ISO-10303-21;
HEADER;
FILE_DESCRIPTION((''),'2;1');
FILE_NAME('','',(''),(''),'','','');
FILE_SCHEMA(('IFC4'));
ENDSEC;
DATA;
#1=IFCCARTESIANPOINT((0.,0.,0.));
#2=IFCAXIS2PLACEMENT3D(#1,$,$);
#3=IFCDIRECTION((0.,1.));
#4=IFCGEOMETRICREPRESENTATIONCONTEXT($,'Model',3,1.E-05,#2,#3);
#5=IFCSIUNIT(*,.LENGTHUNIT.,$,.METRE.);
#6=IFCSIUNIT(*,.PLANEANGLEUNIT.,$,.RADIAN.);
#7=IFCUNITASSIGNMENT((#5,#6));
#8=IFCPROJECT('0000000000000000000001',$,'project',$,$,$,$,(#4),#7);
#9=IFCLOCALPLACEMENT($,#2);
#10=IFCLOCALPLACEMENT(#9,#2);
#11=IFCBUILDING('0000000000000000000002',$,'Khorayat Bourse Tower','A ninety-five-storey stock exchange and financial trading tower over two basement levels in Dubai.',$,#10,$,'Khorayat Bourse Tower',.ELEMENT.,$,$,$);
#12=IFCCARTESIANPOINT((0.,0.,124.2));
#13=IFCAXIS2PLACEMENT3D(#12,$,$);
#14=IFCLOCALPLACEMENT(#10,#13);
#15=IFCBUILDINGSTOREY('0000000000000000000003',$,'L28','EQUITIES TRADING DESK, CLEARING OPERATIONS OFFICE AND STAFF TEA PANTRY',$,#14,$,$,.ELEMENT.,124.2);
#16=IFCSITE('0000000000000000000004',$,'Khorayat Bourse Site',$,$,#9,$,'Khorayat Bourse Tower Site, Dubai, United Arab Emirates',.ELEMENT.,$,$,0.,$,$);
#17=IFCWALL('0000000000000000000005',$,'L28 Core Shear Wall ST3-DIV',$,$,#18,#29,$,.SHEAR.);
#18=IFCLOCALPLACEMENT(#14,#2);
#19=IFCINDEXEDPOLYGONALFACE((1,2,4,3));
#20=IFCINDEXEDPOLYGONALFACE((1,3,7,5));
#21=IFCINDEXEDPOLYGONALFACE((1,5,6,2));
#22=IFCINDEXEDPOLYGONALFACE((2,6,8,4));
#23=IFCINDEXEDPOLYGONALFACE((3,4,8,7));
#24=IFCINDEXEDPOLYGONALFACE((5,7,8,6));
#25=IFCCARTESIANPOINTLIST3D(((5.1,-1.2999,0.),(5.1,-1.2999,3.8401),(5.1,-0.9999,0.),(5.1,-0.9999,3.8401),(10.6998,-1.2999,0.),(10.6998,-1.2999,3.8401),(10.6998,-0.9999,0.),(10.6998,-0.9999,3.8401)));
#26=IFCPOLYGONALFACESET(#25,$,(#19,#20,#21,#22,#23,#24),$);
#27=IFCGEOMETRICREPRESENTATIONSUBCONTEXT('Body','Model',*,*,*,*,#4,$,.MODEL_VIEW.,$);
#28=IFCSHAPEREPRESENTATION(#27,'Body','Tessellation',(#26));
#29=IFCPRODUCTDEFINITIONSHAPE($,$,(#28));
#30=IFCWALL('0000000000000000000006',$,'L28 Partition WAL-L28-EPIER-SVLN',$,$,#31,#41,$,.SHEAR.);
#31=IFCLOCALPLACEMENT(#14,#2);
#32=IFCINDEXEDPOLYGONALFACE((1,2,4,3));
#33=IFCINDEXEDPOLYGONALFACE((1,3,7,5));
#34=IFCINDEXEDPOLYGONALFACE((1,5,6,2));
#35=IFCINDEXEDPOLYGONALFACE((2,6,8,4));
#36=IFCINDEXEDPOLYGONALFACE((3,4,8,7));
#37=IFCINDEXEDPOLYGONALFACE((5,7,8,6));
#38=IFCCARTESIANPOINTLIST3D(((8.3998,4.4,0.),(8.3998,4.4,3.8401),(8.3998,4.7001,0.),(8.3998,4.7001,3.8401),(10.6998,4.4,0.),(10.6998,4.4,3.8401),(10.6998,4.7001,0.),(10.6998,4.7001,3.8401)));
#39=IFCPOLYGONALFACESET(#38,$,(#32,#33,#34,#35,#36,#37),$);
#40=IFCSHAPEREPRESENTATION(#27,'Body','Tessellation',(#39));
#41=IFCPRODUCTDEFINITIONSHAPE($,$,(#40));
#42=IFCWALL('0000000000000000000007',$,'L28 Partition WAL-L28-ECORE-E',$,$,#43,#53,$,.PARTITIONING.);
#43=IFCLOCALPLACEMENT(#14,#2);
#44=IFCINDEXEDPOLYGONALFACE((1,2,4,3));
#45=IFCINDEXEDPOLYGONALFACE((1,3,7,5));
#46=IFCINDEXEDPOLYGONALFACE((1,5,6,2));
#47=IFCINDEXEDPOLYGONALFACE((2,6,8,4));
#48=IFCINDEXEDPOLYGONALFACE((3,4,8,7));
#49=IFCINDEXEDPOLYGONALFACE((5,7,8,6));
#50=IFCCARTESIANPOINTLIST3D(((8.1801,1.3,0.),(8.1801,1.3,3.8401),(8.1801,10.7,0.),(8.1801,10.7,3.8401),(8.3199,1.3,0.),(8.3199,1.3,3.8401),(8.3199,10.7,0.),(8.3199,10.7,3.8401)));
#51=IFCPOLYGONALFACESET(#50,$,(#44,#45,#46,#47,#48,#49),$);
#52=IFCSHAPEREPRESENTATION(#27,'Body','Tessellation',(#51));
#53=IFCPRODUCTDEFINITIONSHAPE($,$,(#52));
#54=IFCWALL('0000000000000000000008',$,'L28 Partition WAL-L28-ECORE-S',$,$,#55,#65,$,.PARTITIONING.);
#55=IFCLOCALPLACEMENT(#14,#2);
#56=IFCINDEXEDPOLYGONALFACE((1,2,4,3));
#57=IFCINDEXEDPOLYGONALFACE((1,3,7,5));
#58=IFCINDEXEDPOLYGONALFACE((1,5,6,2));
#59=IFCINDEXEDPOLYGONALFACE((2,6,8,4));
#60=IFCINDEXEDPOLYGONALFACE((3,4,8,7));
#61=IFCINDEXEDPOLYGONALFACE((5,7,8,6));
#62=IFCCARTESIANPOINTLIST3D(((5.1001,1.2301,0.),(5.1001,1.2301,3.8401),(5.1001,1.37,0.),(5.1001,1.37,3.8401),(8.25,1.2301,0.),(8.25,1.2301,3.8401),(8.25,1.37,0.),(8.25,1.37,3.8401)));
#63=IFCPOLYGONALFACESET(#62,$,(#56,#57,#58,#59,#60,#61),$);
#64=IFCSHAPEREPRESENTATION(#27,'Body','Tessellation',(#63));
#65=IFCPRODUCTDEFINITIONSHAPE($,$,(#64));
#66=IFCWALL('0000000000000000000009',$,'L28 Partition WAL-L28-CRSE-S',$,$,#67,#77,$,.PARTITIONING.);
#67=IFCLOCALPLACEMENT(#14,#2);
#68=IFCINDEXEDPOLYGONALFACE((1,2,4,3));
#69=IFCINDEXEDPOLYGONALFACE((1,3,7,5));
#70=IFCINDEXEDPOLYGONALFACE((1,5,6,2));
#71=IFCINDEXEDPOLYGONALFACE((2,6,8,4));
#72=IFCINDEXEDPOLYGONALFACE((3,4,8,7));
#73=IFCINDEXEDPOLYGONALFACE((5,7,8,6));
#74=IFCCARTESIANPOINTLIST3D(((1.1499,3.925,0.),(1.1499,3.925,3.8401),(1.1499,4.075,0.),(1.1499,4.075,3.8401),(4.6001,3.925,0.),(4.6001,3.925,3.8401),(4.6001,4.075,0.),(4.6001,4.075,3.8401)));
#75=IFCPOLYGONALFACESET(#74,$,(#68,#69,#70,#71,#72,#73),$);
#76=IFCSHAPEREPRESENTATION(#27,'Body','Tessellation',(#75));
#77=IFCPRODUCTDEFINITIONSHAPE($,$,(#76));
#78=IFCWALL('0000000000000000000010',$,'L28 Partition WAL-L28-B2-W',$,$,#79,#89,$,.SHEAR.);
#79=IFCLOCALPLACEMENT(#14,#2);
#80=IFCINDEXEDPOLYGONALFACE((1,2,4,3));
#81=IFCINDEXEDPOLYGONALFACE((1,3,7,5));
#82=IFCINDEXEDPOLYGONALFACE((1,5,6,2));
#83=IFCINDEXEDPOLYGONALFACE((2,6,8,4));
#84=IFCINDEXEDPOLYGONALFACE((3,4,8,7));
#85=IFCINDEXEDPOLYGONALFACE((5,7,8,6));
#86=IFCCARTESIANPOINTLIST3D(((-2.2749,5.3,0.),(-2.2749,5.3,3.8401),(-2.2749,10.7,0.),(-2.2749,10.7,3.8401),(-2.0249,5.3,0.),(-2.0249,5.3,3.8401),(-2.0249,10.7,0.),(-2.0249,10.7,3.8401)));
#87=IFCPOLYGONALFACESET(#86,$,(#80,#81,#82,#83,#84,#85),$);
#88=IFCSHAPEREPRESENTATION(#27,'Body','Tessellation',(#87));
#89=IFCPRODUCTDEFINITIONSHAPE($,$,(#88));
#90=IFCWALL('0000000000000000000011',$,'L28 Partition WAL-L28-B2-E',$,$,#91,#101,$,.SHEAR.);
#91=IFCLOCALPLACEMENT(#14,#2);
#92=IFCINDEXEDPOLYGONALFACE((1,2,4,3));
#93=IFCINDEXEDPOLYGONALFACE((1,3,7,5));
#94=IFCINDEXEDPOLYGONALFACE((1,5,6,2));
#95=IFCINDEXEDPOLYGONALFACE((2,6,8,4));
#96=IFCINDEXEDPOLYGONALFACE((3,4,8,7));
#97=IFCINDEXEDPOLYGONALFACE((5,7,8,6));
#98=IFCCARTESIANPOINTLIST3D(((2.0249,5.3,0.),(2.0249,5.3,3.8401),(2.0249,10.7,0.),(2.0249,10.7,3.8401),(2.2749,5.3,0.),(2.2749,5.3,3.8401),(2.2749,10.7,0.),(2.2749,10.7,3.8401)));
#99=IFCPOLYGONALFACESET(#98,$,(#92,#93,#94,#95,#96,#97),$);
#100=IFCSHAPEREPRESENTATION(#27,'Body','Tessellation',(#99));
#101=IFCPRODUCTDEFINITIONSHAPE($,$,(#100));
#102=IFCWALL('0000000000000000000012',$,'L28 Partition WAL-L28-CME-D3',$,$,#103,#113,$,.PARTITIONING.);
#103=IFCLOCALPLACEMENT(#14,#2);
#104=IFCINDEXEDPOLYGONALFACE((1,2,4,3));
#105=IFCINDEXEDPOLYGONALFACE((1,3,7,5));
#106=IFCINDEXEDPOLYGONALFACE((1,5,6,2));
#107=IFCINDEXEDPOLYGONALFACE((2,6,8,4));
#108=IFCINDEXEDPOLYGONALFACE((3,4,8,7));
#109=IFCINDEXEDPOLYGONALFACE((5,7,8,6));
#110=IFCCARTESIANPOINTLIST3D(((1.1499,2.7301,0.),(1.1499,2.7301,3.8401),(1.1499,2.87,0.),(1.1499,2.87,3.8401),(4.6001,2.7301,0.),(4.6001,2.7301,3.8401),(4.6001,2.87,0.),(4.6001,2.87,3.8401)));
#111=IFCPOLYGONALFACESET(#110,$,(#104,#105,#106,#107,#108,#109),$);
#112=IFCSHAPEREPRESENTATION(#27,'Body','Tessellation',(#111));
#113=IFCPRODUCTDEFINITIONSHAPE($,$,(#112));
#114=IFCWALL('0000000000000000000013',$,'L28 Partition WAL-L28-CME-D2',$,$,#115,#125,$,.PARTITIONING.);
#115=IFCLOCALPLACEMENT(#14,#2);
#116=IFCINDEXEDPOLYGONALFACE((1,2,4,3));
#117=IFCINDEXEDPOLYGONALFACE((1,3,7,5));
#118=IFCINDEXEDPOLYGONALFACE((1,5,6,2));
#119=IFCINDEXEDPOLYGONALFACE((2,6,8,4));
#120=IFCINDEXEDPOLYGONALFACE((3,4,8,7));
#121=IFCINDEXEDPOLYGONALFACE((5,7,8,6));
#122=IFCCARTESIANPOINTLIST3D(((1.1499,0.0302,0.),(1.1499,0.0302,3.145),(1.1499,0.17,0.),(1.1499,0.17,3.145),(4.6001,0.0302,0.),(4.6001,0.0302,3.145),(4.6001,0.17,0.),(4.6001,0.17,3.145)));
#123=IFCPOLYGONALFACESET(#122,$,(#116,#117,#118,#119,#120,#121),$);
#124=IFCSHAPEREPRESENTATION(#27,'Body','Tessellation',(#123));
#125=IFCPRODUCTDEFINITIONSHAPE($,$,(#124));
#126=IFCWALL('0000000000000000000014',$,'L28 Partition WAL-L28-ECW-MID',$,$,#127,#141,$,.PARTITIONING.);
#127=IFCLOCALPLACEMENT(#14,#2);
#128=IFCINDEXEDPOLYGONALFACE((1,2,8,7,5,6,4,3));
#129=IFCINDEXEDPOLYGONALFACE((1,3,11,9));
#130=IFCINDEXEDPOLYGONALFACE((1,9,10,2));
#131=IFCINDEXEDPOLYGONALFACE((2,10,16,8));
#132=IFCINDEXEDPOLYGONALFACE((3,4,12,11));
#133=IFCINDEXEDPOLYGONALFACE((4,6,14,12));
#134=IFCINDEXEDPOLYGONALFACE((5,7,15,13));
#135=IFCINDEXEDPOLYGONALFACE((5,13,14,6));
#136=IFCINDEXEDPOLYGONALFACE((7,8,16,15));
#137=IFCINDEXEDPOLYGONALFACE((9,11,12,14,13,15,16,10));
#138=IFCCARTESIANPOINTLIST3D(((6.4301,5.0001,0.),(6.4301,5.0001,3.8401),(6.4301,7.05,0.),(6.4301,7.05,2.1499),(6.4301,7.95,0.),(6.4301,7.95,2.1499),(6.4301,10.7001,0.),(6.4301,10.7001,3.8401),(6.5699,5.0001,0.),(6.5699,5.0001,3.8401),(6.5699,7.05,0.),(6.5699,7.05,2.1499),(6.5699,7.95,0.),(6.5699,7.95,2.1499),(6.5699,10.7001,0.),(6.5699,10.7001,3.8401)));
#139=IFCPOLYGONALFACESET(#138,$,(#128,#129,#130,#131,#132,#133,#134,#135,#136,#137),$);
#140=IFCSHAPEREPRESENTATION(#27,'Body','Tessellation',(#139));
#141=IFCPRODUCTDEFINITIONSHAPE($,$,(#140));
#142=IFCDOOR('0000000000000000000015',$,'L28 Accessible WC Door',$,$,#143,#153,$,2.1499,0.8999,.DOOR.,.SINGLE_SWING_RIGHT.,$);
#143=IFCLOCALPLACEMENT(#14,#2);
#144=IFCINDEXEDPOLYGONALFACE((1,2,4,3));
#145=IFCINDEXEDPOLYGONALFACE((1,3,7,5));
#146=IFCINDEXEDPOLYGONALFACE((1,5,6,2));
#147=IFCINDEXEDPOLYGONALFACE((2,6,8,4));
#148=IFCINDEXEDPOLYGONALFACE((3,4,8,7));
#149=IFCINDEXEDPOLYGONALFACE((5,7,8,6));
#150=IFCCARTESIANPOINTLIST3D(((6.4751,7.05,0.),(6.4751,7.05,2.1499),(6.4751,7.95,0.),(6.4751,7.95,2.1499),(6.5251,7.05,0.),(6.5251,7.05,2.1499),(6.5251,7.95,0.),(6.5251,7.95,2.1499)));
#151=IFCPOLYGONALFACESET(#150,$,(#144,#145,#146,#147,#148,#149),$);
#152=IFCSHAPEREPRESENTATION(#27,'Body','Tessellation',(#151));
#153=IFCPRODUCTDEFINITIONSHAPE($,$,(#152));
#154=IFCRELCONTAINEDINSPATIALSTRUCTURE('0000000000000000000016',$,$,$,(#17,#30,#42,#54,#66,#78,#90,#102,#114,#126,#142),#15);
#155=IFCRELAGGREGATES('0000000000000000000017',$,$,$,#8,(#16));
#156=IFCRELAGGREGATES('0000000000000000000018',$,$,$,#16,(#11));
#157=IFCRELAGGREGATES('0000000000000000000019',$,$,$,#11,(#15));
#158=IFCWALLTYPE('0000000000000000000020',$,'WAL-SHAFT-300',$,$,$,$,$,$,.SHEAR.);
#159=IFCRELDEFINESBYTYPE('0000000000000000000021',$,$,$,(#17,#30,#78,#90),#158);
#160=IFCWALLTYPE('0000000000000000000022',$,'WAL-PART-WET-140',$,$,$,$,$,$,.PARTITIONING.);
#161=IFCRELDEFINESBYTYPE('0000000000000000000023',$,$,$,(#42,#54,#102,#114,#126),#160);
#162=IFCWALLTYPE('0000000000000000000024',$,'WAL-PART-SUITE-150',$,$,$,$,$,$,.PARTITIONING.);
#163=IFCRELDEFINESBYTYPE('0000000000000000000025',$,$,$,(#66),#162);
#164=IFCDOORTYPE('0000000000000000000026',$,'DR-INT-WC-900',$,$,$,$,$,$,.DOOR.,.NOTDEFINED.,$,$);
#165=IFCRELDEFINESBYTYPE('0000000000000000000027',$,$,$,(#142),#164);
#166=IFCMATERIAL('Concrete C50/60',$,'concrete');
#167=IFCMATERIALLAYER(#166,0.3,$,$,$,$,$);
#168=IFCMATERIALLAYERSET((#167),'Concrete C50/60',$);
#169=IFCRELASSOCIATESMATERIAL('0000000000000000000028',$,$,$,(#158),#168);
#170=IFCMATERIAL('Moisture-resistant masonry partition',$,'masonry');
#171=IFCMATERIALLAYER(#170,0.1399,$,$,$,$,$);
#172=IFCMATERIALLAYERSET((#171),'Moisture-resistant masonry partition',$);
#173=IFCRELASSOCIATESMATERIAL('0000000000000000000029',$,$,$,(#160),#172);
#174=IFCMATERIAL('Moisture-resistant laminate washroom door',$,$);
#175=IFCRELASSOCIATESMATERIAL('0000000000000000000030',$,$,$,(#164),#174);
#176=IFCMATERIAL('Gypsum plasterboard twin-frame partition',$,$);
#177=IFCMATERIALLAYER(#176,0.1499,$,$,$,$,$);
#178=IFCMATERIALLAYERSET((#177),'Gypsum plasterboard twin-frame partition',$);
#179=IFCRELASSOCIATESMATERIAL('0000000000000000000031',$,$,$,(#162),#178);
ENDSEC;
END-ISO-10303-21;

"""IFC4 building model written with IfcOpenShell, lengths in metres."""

from ifc_helpers import new_model, si_unit, direction, frame, frame_2d, origin, place, context, subcontext, project, spatial, rectangle, extrude, source, transform, mapped, material, layer, layer_set, type_object, element, fill, save


model = new_model("IFC4")

# Units and contexts
model_context = context("Model", 3, precision=1e-05, world=origin(), true_north=direction((0.0, 1.0)))
body_context = subcontext(model_context, "Body", "Model", "MODEL_VIEW")
ifc_project = project(units=[si_unit("LENGTHUNIT", "METRE"), si_unit("PLANEANGLEUNIT", "RADIAN")], contexts=[model_context])

# Site, building, storey
site_placement = place(None, origin())
site = spatial("IfcSite", under=ifc_project, at=site_placement, Name="Khorayat Bourse Site", LongName="Khorayat Bourse Tower Site, Dubai, United Arab Emirates", CompositionType="ELEMENT", RefElevation=0.0)
building_placement = place(site_placement, origin())
building = spatial("IfcBuilding", under=site, at=building_placement, Name="Khorayat Bourse Tower", Description="A ninety-five-storey stock exchange and financial trading tower over two basement levels in Dubai.", LongName="Khorayat Bourse Tower", CompositionType="ELEMENT")
storey_placement = place(building_placement, frame((0.0, 0.0, 124.2)))
storey = spatial("IfcBuildingStorey", under=building, at=storey_placement, Name="L28", Description="EQUITIES TRADING DESK, CLEARING OPERATIONS OFFICE AND STAFF TEA PANTRY", CompositionType="ELEMENT", Elevation=124.2)

# Walls
ifc_material_1 = material(Name="Concrete C50/60", Category="concrete")
ifc_layer_1 = layer(ifc_material_1, 0.3)
ifc_layer_set_1 = layer_set([ifc_layer_1], Name="Concrete C50/60")
wall_type_1 = type_object("IfcWallType", Name="WAL-SHAFT-300", PredefinedType="SHEAR", material=ifc_layer_set_1)
shared_shape_1 = source(origin(), body_context, "Body", "SweptSolid", [
    extrude(rectangle(XDim=5.5999, YDim=0.3, at=frame_2d((2.7998, 0.0))), origin(), (0.0, 0.0, 1.0), 3.8401),
])
wall_1_placement = place(storey_placement, frame((5.1001, -1.1499, 0.0), z_axis=(0.0, 0.0, 1.0), x_axis=(1.0, 0.0, 0.0)))
element("IfcWall", 1, at=wall_1_placement, inside=storey, type_object=wall_type_1, Name="L28 Core Shear Wall ST3-DIV", PredefinedType="SHEAR", context=body_context, shape_type="MappedRepresentation", body=[
    mapped(shared_shape_1, transform((0.0, 0.0, 0.0), scale=1.0)),
])
shared_shape_2 = source(origin(), body_context, "Body", "SweptSolid", [
    extrude(rectangle(XDim=2.3, YDim=0.3, at=frame_2d((1.1499, 0.0))), origin(), (0.0, 0.0, 1.0), 3.8401),
])
wall_2_placement = place(storey_placement, frame((8.3999, 4.55, 0.0), z_axis=(0.0, 0.0, 1.0), x_axis=(1.0, 0.0, 0.0)))
element("IfcWall", 2, at=wall_2_placement, inside=storey, type_object=wall_type_1, Name="L28 Partition WAL-L28-EPIER-SVLN", PredefinedType="SHEAR", context=body_context, shape_type="MappedRepresentation", body=[
    mapped(shared_shape_2, transform((0.0, 0.0, 0.0), scale=1.0)),
])
ifc_material_2 = material(Name="Moisture-resistant masonry partition", Category="masonry")
ifc_layer_2 = layer(ifc_material_2, 0.1399)
ifc_layer_set_2 = layer_set([ifc_layer_2], Name="Moisture-resistant masonry partition")
wall_type_2 = type_object("IfcWallType", Name="WAL-PART-WET-140", PredefinedType="PARTITIONING", material=ifc_layer_set_2)
shared_shape_3 = source(origin(), body_context, "Body", "SweptSolid", [
    extrude(rectangle(XDim=9.3999, YDim=0.1399, at=frame_2d((4.7, 0.0))), origin(), (0.0, 0.0, 1.0), 3.8401),
])
wall_3_placement = place(storey_placement, frame((8.25, 1.3, 0.0), z_axis=(0.0, 0.0, 1.0), x_axis=(0.0, 1.0, 0.0)))
element("IfcWall", 3, at=wall_3_placement, inside=storey, type_object=wall_type_2, Name="L28 Partition WAL-L28-ECORE-E", PredefinedType="PARTITIONING", context=body_context, shape_type="MappedRepresentation", body=[
    mapped(shared_shape_3, transform((0.0, 0.0, 0.0), scale=1.0)),
])
shared_shape_4 = source(origin(), body_context, "Body", "SweptSolid", [
    extrude(rectangle(XDim=3.1499, YDim=0.1399, at=frame_2d((1.575, 0.0))), origin(), (0.0, 0.0, 1.0), 3.8401),
])
wall_4_placement = place(storey_placement, frame((5.1001, 1.3, 0.0), z_axis=(0.0, 0.0, 1.0), x_axis=(1.0, 0.0, 0.0)))
element("IfcWall", 4, at=wall_4_placement, inside=storey, type_object=wall_type_2, Name="L28 Partition WAL-L28-ECORE-S", PredefinedType="PARTITIONING", context=body_context, shape_type="MappedRepresentation", body=[
    mapped(shared_shape_4, transform((0.0, 0.0, 0.0), scale=1.0)),
])

# Shared definitions
shared_shape_5 = source(origin(), body_context, "Body", "SweptSolid", [
    extrude(rectangle(XDim=0.8999, YDim=2.1499, at=frame_2d((0.45, 1.075))), frame((0.0, 0.0798, 0.0), z_axis=(0.0, -1.0, 0.0), x_axis=(1.0, 0.0, 0.0)), (0.0, 0.0, 1.0), 0.1599),
])
ifc_material_3 = material(Name="Moisture-resistant laminate washroom door")
door_type = type_object("IfcDoorType", Name="DR-INT-WC-900", OperationType="NOTDEFINED", PredefinedType="DOOR", material=ifc_material_3)
shared_shape_6 = source(origin(), body_context, "Body", "SweptSolid", [
    extrude(rectangle(XDim=0.8999, YDim=2.1499, at=frame_2d((0.45, 1.075))), frame((0.0, 0.0249, 0.0), z_axis=(0.0, -1.0, 0.0), x_axis=(1.0, 0.0, 0.0)), (0.0, 0.0, 1.0), 0.05),
])

# Walls
ifc_material_4 = material(Name="Gypsum plasterboard twin-frame partition")
ifc_layer_3 = layer(ifc_material_4, 0.1499)
ifc_layer_set_3 = layer_set([ifc_layer_3], Name="Gypsum plasterboard twin-frame partition")
wall_type_3 = type_object("IfcWallType", Name="WAL-PART-SUITE-150", PredefinedType="PARTITIONING", material=ifc_layer_set_3)
shared_shape_7 = source(origin(), body_context, "Body", "SweptSolid", [
    extrude(rectangle(XDim=3.4502, YDim=0.1499, at=frame_2d((1.7251, 0.0))), origin(), (0.0, 0.0, 1.0), 3.8401),
])
wall_5_placement = place(storey_placement, frame((1.1499, 4.0, 0.0), z_axis=(0.0, 0.0, 1.0), x_axis=(1.0, 0.0, 0.0)))
element("IfcWall", 5, at=wall_5_placement, inside=storey, type_object=wall_type_3, Name="L28 Partition WAL-L28-CRSE-S", PredefinedType="PARTITIONING", context=body_context, shape_type="MappedRepresentation", body=[
    mapped(shared_shape_7, transform((0.0, 0.0, 0.0), scale=1.0)),
])
shared_shape_8 = source(origin(), body_context, "Body", "SweptSolid", [
    extrude(rectangle(XDim=5.3999, YDim=0.25, at=frame_2d((2.7, 0.0))), origin(), (0.0, 0.0, 1.0), 3.8401),
])
for number, where, z_axis, x_axis, name in (
    (6, (-2.1499, 5.3, 0.0), (0.0, 0.0, 1.0), (0.0, 1.0, 0.0), "L28 Partition WAL-L28-B2-W"),
    (7, (2.1499, 5.3, 0.0), (0.0, 0.0, 1.0), (0.0, 1.0, 0.0), "L28 Partition WAL-L28-B2-E"),
):
    element("IfcWall", number, at=place(storey_placement, frame(where, z_axis=z_axis, x_axis=x_axis)), inside=storey, type_object=wall_type_1, Name=name, PredefinedType="SHEAR", context=body_context, shape_type="MappedRepresentation", body=[
        mapped(shared_shape_8, transform((0.0, 0.0, 0.0), scale=1.0)),
    ])
shared_shape_9 = source(origin(), body_context, "Body", "SweptSolid", [
    extrude(rectangle(XDim=3.4502, YDim=0.1399, at=frame_2d((1.7251, 0.0))), origin(), (0.0, 0.0, 1.0), 3.8401),
])
wall_6_placement = place(storey_placement, frame((1.1499, 2.8, 0.0), z_axis=(0.0, 0.0, 1.0), x_axis=(1.0, 0.0, 0.0)))
element("IfcWall", 8, at=wall_6_placement, inside=storey, type_object=wall_type_2, Name="L28 Partition WAL-L28-CME-D3", PredefinedType="PARTITIONING", context=body_context, shape_type="MappedRepresentation", body=[
    mapped(shared_shape_9, transform((0.0, 0.0, 0.0), scale=1.0)),
])
shared_shape_10 = source(origin(), body_context, "Body", "SweptSolid", [
    extrude(rectangle(XDim=3.4502, YDim=0.1399, at=frame_2d((1.7251, 0.0))), origin(), (0.0, 0.0, 1.0), 3.145),
])
wall_7_placement = place(storey_placement, frame((1.1499, 0.1001, 0.0), z_axis=(0.0, 0.0, 1.0), x_axis=(1.0, 0.0, 0.0)))
element("IfcWall", 9, at=wall_7_placement, inside=storey, type_object=wall_type_2, Name="L28 Partition WAL-L28-CME-D2", PredefinedType="PARTITIONING", context=body_context, shape_type="MappedRepresentation", body=[
    mapped(shared_shape_10, transform((0.0, 0.0, 0.0), scale=1.0)),
])

# Wall, opening, door
shared_shape_11 = source(origin(), body_context, "Body", "SweptSolid", [
    extrude(rectangle(XDim=5.7, YDim=0.1399, at=frame_2d((2.8501, 0.0))), origin(), (0.0, 0.0, 1.0), 3.8401),
])
wall_8_placement = place(storey_placement, frame((6.5, 5.0, 0.0), z_axis=(0.0, 0.0, 1.0), x_axis=(0.0, 1.0, 0.0)))
wall_8 = element("IfcWall", 10, at=wall_8_placement, inside=storey, type_object=wall_type_2, Name="L28 Partition WAL-L28-ECW-MID", PredefinedType="PARTITIONING", context=body_context, shape_type="MappedRepresentation", body=[
    mapped(shared_shape_11, transform((0.0, 0.0, 0.0), scale=1.0)),
])
opening_1_placement = place(wall_8_placement, frame((2.05, 0.0, 0.0)))
opening_1 = element("IfcOpeningElement", 11, at=opening_1_placement, cuts=wall_8, PredefinedType="OPENING", context=body_context, shape_type="MappedRepresentation", body=[
    mapped(shared_shape_5, transform((0.0, 0.0, 0.0), scale=1.0)),
])
door_1_placement = place(opening_1_placement, origin())
door_1 = element("IfcDoor", 12, at=door_1_placement, inside=storey, type_object=door_type, Name="L28 Accessible WC Door", OperationType="SINGLE_SWING_RIGHT", OverallHeight=2.1499, OverallWidth=0.8999, PredefinedType="DOOR", context=body_context, shape_type="MappedRepresentation", body=[
    mapped(shared_shape_6, transform((0.0, 0.0, 0.0), scale=1.0)),
])
fill(opening_1, door_1)

save(model, "model.ifc")
